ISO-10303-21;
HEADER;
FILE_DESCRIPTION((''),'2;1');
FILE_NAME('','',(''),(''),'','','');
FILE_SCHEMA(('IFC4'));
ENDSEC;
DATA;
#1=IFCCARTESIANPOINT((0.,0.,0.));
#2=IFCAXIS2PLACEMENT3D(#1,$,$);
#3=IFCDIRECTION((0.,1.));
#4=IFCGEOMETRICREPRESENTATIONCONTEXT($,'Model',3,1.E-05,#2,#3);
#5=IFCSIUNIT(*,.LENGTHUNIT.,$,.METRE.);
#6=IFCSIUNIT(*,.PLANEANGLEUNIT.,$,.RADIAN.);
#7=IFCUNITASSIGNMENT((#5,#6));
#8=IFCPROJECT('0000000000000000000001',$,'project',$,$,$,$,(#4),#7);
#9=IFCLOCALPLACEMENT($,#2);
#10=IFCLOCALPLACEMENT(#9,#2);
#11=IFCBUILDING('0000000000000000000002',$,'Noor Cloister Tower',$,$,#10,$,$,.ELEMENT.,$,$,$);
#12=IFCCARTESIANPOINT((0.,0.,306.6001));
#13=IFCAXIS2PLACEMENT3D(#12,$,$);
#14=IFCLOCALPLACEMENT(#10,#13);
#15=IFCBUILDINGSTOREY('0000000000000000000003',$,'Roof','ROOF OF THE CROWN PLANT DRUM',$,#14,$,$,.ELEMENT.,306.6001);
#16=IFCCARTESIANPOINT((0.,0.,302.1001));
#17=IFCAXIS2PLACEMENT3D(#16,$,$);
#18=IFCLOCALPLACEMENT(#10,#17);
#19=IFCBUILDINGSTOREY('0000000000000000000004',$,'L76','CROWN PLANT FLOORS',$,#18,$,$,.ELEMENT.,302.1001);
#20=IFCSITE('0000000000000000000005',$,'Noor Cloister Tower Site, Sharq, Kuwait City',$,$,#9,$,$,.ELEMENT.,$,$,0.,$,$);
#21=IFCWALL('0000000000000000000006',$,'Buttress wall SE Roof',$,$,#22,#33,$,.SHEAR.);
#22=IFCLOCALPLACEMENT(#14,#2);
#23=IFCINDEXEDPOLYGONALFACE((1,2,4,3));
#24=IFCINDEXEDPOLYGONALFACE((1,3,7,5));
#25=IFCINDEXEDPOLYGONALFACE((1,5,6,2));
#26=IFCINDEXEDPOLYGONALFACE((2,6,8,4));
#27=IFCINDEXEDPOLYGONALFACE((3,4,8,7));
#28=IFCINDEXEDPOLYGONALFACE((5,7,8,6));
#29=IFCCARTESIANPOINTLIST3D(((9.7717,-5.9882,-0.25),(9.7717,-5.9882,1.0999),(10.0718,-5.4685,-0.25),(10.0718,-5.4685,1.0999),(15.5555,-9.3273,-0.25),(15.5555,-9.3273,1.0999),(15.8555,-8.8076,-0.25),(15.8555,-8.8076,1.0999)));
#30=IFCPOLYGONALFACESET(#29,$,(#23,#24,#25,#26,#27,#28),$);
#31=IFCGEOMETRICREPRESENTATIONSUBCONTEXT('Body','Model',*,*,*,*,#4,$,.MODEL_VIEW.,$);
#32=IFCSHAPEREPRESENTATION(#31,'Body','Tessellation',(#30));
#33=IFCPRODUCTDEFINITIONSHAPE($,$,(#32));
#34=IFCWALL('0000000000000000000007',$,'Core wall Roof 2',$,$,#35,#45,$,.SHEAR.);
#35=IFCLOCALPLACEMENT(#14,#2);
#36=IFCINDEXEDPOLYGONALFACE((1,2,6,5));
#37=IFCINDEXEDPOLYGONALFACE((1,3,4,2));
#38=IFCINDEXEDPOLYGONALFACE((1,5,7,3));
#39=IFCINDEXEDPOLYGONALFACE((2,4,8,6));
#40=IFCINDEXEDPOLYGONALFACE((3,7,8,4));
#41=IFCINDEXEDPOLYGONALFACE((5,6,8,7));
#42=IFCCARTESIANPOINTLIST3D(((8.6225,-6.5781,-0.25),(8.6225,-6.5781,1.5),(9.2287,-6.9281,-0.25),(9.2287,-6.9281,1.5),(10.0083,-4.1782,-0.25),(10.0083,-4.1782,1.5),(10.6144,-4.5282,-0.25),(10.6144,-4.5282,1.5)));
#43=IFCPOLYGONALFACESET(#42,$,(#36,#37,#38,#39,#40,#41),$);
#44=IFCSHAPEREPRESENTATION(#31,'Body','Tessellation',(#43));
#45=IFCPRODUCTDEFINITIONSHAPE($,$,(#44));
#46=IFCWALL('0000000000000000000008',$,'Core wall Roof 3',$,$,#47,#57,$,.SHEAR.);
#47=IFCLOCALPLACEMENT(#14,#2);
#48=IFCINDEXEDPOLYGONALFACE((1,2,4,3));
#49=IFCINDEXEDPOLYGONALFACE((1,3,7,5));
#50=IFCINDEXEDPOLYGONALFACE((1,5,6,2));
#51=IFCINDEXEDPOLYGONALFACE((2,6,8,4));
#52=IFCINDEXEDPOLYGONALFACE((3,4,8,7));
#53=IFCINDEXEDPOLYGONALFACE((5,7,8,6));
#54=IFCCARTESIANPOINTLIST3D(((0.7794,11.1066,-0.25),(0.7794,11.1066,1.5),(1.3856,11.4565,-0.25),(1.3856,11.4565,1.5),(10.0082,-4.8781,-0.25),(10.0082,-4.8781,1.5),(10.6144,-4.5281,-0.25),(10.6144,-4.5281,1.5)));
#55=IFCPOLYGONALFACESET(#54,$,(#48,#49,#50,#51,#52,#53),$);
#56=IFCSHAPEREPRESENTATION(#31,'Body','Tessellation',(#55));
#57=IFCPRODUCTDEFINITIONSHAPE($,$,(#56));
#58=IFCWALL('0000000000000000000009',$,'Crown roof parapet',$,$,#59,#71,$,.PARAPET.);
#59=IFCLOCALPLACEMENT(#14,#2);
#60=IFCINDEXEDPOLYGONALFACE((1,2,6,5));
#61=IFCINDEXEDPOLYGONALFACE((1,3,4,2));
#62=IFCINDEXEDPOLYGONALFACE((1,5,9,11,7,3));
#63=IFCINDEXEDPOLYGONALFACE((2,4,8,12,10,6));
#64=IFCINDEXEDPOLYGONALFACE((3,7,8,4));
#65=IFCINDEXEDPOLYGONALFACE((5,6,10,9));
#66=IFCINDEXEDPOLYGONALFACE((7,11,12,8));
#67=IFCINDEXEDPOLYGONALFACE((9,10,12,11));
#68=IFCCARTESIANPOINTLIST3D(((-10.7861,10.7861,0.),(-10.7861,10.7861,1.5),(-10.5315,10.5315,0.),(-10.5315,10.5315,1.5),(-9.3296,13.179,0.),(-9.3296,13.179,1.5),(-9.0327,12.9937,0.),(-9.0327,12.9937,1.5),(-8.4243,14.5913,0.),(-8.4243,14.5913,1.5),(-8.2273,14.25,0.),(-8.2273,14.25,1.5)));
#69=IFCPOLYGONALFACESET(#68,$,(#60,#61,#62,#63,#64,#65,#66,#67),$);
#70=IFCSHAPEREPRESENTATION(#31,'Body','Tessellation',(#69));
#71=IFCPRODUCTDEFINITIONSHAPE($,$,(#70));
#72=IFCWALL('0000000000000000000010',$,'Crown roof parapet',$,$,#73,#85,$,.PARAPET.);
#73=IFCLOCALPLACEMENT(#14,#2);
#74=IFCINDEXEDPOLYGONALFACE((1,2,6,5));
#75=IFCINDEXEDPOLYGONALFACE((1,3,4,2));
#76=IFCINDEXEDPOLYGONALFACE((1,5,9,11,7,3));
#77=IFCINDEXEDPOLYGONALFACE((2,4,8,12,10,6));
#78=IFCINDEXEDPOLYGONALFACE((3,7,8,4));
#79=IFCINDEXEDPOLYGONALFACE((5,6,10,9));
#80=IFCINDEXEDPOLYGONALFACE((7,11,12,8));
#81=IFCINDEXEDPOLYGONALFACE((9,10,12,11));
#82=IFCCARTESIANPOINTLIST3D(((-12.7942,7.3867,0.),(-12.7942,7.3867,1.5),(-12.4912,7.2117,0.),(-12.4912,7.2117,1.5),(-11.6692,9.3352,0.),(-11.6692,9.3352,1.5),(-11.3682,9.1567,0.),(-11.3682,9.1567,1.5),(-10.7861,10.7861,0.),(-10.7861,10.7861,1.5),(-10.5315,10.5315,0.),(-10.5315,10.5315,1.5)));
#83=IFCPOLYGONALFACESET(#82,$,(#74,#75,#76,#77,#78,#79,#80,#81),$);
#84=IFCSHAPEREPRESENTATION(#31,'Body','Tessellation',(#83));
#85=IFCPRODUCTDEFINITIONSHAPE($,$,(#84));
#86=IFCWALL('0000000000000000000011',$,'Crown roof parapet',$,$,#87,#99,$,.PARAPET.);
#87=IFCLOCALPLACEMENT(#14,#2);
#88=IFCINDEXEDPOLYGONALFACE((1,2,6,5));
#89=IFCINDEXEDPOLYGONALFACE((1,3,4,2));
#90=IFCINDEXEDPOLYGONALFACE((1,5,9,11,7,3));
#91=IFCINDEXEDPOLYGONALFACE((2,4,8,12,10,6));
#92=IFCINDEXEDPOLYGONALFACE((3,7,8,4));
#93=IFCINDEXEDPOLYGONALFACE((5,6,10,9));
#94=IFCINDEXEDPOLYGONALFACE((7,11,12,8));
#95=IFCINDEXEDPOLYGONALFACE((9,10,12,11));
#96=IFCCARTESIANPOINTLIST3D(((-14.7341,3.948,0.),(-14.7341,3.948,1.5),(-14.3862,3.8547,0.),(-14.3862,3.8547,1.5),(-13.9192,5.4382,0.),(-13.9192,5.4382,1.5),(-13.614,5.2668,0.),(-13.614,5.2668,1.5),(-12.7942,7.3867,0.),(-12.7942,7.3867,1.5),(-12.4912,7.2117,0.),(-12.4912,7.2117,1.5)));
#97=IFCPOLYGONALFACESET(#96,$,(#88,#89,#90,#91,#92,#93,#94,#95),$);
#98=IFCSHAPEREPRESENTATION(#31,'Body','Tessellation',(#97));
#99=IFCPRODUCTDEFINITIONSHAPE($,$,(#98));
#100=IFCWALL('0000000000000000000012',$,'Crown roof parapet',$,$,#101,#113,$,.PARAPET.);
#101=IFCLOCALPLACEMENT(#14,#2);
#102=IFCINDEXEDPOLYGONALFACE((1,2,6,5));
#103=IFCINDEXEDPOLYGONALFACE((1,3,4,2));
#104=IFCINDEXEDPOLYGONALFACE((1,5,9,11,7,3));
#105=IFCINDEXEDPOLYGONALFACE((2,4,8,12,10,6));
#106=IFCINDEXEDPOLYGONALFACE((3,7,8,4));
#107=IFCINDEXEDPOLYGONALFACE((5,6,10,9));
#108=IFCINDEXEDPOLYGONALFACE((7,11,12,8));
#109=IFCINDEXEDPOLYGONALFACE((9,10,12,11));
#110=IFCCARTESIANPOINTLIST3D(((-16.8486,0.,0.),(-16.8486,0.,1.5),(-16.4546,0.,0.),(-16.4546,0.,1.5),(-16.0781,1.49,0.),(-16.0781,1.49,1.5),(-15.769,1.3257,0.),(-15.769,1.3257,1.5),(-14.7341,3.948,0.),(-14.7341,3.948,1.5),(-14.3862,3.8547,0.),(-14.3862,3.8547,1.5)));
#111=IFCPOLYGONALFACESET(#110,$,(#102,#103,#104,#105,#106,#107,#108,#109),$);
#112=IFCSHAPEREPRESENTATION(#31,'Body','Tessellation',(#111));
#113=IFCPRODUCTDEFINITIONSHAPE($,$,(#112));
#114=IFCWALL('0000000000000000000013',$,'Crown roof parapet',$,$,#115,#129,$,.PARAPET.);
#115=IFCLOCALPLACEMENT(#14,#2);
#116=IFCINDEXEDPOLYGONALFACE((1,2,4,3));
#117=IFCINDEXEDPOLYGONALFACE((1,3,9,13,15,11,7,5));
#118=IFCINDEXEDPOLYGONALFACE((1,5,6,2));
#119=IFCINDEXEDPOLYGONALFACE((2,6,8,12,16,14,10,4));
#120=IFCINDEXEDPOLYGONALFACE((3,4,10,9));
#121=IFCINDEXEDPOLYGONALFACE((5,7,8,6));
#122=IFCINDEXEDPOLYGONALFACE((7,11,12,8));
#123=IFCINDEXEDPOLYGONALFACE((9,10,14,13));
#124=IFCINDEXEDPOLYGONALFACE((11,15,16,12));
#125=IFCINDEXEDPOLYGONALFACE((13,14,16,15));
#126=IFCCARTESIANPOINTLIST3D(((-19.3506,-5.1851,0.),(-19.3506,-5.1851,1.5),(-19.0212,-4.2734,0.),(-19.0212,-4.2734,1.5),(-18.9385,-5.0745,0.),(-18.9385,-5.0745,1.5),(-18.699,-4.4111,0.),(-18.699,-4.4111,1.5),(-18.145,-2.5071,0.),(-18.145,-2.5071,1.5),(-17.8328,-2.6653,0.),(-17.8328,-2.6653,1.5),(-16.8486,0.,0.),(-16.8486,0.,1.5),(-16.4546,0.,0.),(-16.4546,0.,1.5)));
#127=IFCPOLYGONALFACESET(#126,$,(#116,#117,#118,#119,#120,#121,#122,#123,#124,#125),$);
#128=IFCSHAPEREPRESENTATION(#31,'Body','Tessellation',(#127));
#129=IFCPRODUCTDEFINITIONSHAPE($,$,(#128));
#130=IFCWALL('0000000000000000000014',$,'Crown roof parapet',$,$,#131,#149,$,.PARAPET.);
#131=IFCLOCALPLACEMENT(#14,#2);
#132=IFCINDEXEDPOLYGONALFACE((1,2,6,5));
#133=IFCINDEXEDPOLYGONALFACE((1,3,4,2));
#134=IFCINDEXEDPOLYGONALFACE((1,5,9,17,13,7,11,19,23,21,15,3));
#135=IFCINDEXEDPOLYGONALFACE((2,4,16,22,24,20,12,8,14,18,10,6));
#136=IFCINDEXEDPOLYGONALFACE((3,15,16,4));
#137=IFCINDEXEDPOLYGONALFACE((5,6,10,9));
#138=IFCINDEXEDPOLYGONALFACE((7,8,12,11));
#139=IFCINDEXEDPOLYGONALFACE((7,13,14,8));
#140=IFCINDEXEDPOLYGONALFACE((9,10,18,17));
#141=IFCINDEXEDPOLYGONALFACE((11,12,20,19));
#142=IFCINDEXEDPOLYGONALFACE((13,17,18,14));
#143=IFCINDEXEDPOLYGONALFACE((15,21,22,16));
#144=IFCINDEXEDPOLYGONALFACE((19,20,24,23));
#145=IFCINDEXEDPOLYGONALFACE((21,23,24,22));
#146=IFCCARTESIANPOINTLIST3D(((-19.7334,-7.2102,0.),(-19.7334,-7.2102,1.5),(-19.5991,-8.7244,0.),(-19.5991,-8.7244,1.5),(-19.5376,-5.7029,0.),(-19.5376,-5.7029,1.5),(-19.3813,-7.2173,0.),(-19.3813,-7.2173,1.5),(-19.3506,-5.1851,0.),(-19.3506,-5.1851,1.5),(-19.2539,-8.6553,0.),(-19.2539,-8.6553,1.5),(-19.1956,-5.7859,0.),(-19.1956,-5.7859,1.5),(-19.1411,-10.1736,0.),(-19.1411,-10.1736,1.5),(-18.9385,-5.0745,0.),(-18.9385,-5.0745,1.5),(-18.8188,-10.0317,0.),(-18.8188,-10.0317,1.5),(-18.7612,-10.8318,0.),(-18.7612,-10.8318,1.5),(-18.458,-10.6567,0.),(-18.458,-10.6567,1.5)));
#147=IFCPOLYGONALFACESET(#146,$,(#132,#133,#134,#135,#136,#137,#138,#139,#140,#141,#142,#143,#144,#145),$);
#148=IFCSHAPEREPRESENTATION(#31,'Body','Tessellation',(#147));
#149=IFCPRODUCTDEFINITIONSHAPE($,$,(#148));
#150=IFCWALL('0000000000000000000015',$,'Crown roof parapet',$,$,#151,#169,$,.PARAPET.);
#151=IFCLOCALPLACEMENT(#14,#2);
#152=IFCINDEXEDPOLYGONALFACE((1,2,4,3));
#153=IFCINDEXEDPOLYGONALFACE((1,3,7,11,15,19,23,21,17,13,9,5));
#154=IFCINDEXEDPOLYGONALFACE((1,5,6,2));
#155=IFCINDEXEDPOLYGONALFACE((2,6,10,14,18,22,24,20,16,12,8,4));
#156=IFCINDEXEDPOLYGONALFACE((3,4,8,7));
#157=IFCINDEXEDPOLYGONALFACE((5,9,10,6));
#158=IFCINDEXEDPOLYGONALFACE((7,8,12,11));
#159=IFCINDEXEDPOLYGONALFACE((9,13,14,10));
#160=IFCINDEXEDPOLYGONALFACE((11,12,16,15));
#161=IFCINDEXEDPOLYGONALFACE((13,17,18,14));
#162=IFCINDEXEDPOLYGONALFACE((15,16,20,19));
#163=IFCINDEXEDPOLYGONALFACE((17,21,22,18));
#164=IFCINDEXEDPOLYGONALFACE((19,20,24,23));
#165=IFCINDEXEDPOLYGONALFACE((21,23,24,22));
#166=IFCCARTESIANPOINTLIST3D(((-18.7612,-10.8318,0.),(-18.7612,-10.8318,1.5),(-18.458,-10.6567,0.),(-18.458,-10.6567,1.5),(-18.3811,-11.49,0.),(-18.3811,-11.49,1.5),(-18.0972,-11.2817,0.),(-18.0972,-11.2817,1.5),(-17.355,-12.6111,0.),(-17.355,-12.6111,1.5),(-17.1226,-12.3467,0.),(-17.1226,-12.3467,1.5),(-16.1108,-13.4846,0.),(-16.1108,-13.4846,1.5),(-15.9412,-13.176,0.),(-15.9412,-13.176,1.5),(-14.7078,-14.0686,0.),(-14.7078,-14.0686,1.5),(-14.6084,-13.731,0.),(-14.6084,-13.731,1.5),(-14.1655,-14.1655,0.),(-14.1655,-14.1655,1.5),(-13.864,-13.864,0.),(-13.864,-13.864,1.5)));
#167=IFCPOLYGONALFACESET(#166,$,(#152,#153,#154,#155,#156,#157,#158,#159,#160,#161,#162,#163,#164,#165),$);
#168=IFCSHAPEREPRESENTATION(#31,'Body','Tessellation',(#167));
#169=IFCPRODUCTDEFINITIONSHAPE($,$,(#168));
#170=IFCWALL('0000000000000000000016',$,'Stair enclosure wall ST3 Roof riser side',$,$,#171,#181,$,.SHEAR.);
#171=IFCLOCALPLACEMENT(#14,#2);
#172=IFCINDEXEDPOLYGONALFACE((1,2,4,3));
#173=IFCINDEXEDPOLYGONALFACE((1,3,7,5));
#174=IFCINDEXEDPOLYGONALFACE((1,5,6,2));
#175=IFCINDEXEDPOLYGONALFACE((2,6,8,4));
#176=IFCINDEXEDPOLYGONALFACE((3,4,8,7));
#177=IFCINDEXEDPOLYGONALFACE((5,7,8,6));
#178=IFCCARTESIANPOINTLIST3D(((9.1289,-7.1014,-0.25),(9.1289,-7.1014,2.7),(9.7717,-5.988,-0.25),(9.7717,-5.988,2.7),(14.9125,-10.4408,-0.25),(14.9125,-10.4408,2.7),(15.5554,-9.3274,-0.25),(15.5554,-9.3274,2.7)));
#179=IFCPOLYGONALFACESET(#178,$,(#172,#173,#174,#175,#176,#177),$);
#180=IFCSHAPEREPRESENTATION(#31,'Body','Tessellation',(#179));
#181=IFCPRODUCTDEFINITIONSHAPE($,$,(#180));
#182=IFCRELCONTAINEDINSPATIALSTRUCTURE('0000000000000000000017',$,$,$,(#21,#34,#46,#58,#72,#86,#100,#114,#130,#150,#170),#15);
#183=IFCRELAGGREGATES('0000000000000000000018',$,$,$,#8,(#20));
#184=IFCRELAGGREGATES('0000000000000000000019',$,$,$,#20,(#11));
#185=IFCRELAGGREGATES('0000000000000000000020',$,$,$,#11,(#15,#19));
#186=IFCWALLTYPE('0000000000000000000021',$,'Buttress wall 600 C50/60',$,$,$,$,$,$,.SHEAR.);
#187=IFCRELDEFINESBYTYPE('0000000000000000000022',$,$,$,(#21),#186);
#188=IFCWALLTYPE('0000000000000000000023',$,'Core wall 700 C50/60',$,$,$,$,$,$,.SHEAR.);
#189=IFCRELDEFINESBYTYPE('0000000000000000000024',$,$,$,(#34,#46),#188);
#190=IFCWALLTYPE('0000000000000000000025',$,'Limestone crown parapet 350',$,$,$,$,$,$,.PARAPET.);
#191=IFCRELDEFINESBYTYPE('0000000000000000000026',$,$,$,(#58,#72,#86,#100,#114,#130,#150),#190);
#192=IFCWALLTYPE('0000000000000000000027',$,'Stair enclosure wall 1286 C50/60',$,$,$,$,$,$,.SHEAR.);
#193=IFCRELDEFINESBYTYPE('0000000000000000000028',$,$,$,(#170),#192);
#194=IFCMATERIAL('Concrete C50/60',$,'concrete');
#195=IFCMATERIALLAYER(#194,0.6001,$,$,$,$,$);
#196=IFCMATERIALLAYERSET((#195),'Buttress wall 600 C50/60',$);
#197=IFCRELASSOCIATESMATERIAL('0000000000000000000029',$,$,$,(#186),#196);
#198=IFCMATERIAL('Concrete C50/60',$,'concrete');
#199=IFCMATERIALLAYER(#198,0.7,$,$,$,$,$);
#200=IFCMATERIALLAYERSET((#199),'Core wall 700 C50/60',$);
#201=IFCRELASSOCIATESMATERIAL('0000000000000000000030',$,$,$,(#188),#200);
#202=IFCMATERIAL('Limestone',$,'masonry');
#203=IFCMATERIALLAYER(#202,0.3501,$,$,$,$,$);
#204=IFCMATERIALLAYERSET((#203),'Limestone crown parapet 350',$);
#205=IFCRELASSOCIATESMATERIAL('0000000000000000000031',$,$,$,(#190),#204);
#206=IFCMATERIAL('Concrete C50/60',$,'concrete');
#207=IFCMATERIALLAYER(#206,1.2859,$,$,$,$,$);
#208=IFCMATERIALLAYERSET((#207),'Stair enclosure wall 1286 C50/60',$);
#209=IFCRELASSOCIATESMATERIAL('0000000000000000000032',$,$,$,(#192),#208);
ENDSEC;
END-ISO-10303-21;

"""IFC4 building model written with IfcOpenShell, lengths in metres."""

from ifc_helpers import new_model, si_unit, direction, frame, frame_2d, origin, place, context, subcontext, project, spatial, polyline, rectangle, outline, extrude, material, layer, layer_set, type_object, element, save


model = new_model("IFC4")

# Units and contexts
model_context = context("Model", 3, precision=1e-05, world=origin(), true_north=direction((0.0, 1.0)))
body_context = subcontext(model_context, "Body", "Model", "MODEL_VIEW")
ifc_project = project(units=[si_unit("LENGTHUNIT", "METRE"), si_unit("PLANEANGLEUNIT", "RADIAN")], contexts=[model_context])

# Site, building, storey
site_placement = place(None, origin())
site = spatial("IfcSite", under=ifc_project, at=site_placement, Name="Noor Cloister Tower Site, Sharq, Kuwait City", CompositionType="ELEMENT", RefElevation=0.0)
building_placement = place(site_placement, origin())
building = spatial("IfcBuilding", under=site, at=building_placement, Name="Noor Cloister Tower", CompositionType="ELEMENT")
storey_1_placement = place(building_placement, frame((0.0, 0.0, 306.6001)))
storey_1 = spatial("IfcBuildingStorey", under=building, at=storey_1_placement, Name="Roof", Description="ROOF OF THE CROWN PLANT DRUM", CompositionType="ELEMENT", Elevation=306.6001)

# Walls
ifc_material_1 = material(Name="Concrete C50/60", Category="concrete")
ifc_layer_1 = layer(ifc_material_1, 0.6001)
ifc_layer_set_1 = layer_set([ifc_layer_1], Name="Buttress wall 600 C50/60")
wall_type_1 = type_object("IfcWallType", Name="Buttress wall 600 C50/60", PredefinedType="SHEAR", material=ifc_layer_set_1)
wall_1_placement = place(storey_1_placement, frame((9.9216, -5.7283, -0.25), z_axis=(0.0, 0.0, 1.0), x_axis=(0.866032, -0.499988, 0.0)))
element("IfcWall", 1, at=wall_1_placement, inside=storey_1, type_object=wall_type_1, Name="Buttress wall SE Roof", PredefinedType="SHEAR", context=body_context, shape_type="SweptSolid", body=[
    extrude(rectangle(XDim=6.6785, YDim=0.6001, at=frame_2d((3.3394, 0.0))), origin(), (0.0, 0.0, 1.0), 1.3499),
])
ifc_material_2 = material(Name="Concrete C50/60", Category="concrete")
ifc_layer_2 = layer(ifc_material_2, 0.7)
ifc_layer_set_2 = layer_set([ifc_layer_2], Name="Core wall 700 C50/60")
wall_type_2 = type_object("IfcWallType", Name="Core wall 700 C50/60", PredefinedType="SHEAR", material=ifc_layer_set_2)
wall_2_placement = place(storey_1_placement, frame((8.9255, -6.7532, -0.25), z_axis=(0.0, 0.0, 1.0), x_axis=(0.500043, 0.866001, 0.0)))
element("IfcWall", 2, at=wall_2_placement, inside=storey_1, type_object=wall_type_2, Name="Core wall Roof 2", PredefinedType="SHEAR", context=body_context, shape_type="SweptSolid", body=[
    extrude(rectangle(XDim=2.7712, YDim=0.7, at=frame_2d((1.3857, 0.0))), origin(), (0.0, 0.0, 1.0), 1.75),
])
wall_3_placement = place(storey_1_placement, frame((10.3113, -4.7031, -0.25), z_axis=(0.0, 0.0, 1.0), x_axis=(-0.500001, 0.866025, 0.0)))
element("IfcWall", 3, at=wall_3_placement, inside=storey_1, type_object=wall_type_2, Name="Core wall Roof 3", PredefinedType="SHEAR", context=body_context, shape_type="SweptSolid", body=[
    extrude(rectangle(XDim=18.4575, YDim=0.7, at=frame_2d((9.2288, 0.0))), origin(), (0.0, 0.0, 1.0), 1.75),
])
ifc_material_3 = material(Name="Limestone", Category="masonry")
ifc_layer_3 = layer(ifc_material_3, 0.3501)
ifc_layer_set_3 = layer_set([ifc_layer_3], Name="Limestone crown parapet 350")
wall_type_3 = type_object("IfcWallType", Name="Limestone crown parapet 350", PredefinedType="PARAPET", material=ifc_layer_set_3)
wall_4_placement = place(storey_1_placement, origin())
element("IfcWall", 4, at=wall_4_placement, inside=storey_1, type_object=wall_type_3, Name="Crown roof parapet", PredefinedType="PARAPET", context=body_context, shape_type="SweptSolid", body=[
    extrude(outline(polyline([(-10.7861, 10.7861), (-10.5315, 10.5315), (-9.0327, 12.9937), (-8.2273, 14.25), (-8.4243, 14.5913), (-9.3296, 13.179), (-10.7861, 10.7861)])), origin(), (0.0, 0.0, 1.0), 1.5),
])
wall_5_placement = place(storey_1_placement, origin())
element("IfcWall", 5, at=wall_5_placement, inside=storey_1, type_object=wall_type_3, Name="Crown roof parapet", PredefinedType="PARAPET", context=body_context, shape_type="SweptSolid", body=[
    extrude(outline(polyline([(-12.7942, 7.3867), (-12.4912, 7.2117), (-11.3682, 9.1567), (-10.5315, 10.5315), (-10.7861, 10.7861), (-11.6692, 9.3352), (-12.7942, 7.3867)])), origin(), (0.0, 0.0, 1.0), 1.5),
])
wall_6_placement = place(storey_1_placement, origin())
element("IfcWall", 6, at=wall_6_placement, inside=storey_1, type_object=wall_type_3, Name="Crown roof parapet", PredefinedType="PARAPET", context=body_context, shape_type="SweptSolid", body=[
    extrude(outline(polyline([(-14.7341, 3.948), (-14.3862, 3.8547), (-13.614, 5.2668), (-12.4912, 7.2117), (-12.7942, 7.3867), (-13.9192, 5.4382), (-14.7341, 3.948)])), origin(), (0.0, 0.0, 1.0), 1.5),
])
wall_7_placement = place(storey_1_placement, origin())
element("IfcWall", 7, at=wall_7_placement, inside=storey_1, type_object=wall_type_3, Name="Crown roof parapet", PredefinedType="PARAPET", context=body_context, shape_type="SweptSolid", body=[
    extrude(outline(polyline([(-16.8486, 0.0), (-16.4546, 0.0), (-15.769, 1.3257), (-14.3862, 3.8547), (-14.7341, 3.948), (-16.0781, 1.49), (-16.8486, 0.0)])), origin(), (0.0, 0.0, 1.0), 1.5),
])
wall_8_placement = place(storey_1_placement, origin())
element("IfcWall", 8, at=wall_8_placement, inside=storey_1, type_object=wall_type_3, Name="Crown roof parapet", PredefinedType="PARAPET", context=body_context, shape_type="SweptSolid", body=[
    extrude(outline(polyline([(-19.3506, -5.1851), (-18.9385, -5.0745), (-18.699, -4.4111), (-17.8328, -2.6653), (-16.4546, 0.0), (-16.8486, 0.0), (-18.145, -2.5071), (-19.0212, -4.2734), (-19.3506, -5.1851)])), origin(), (0.0, 0.0, 1.0), 1.5),
])
wall_9_placement = place(storey_1_placement, origin())
element("IfcWall", 9, at=wall_9_placement, inside=storey_1, type_object=wall_type_3, Name="Crown roof parapet", PredefinedType="PARAPET", context=body_context, shape_type="SweptSolid", body=[
    extrude(outline(polyline([(-18.7612, -10.8318), (-18.458, -10.6567), (-18.8188, -10.0317), (-19.2539, -8.6553), (-19.3813, -7.2173), (-19.1956, -5.7859), (-18.9385, -5.0745), (-19.3506, -5.1851), (-19.5376, -5.7029), (-19.7334, -7.2102), (-19.5991, -8.7244), (-19.1411, -10.1736), (-18.7612, -10.8318)])), origin(), (0.0, 0.0, 1.0), 1.5),
])
wall_10_placement = place(storey_1_placement, origin())
element("IfcWall", 10, at=wall_10_placement, inside=storey_1, type_object=wall_type_3, Name="Crown roof parapet", PredefinedType="PARAPET", context=body_context, shape_type="SweptSolid", body=[
    extrude(outline(polyline([(-14.1655, -14.1655), (-13.864, -13.864), (-14.6084, -13.731), (-15.9412, -13.176), (-17.1226, -12.3467), (-18.0972, -11.2817), (-18.458, -10.6567), (-18.7612, -10.8318), (-18.3811, -11.49), (-17.355, -12.6111), (-16.1108, -13.4846), (-14.7078, -14.0686), (-14.1655, -14.1655)])), origin(), (0.0, 0.0, 1.0), 1.5),
])
ifc_material_4 = material(Name="Concrete C50/60", Category="concrete")
ifc_layer_4 = layer(ifc_material_4, 1.2859)
ifc_layer_set_4 = layer_set([ifc_layer_4], Name="Stair enclosure wall 1286 C50/60")
wall_type_4 = type_object("IfcWallType", Name="Stair enclosure wall 1286 C50/60", PredefinedType="SHEAR", material=ifc_layer_set_4)
wall_11_placement = place(storey_1_placement, frame((9.4502, -6.5447, -0.25), z_axis=(0.0, 0.0, 1.0), x_axis=(0.866016, -0.500016, 0.0)))
element("IfcWall", 11, at=wall_11_placement, inside=storey_1, type_object=wall_type_4, Name="Stair enclosure wall ST3 Roof riser side", PredefinedType="SHEAR", context=body_context, shape_type="SweptSolid", body=[
    extrude(rectangle(XDim=6.6785, YDim=1.2856, at=frame_2d((3.3394, 0.0))), origin(), (0.0, 0.0, 1.0), 2.95),
])

# Shared definitions
storey_2_placement = place(building_placement, frame((0.0, 0.0, 302.1001)))
storey_2 = spatial("IfcBuildingStorey", under=building, at=storey_2_placement, Name="L76", Description="CROWN PLANT FLOORS", CompositionType="ELEMENT", Elevation=302.1001)

save(model, "model.ifc")
